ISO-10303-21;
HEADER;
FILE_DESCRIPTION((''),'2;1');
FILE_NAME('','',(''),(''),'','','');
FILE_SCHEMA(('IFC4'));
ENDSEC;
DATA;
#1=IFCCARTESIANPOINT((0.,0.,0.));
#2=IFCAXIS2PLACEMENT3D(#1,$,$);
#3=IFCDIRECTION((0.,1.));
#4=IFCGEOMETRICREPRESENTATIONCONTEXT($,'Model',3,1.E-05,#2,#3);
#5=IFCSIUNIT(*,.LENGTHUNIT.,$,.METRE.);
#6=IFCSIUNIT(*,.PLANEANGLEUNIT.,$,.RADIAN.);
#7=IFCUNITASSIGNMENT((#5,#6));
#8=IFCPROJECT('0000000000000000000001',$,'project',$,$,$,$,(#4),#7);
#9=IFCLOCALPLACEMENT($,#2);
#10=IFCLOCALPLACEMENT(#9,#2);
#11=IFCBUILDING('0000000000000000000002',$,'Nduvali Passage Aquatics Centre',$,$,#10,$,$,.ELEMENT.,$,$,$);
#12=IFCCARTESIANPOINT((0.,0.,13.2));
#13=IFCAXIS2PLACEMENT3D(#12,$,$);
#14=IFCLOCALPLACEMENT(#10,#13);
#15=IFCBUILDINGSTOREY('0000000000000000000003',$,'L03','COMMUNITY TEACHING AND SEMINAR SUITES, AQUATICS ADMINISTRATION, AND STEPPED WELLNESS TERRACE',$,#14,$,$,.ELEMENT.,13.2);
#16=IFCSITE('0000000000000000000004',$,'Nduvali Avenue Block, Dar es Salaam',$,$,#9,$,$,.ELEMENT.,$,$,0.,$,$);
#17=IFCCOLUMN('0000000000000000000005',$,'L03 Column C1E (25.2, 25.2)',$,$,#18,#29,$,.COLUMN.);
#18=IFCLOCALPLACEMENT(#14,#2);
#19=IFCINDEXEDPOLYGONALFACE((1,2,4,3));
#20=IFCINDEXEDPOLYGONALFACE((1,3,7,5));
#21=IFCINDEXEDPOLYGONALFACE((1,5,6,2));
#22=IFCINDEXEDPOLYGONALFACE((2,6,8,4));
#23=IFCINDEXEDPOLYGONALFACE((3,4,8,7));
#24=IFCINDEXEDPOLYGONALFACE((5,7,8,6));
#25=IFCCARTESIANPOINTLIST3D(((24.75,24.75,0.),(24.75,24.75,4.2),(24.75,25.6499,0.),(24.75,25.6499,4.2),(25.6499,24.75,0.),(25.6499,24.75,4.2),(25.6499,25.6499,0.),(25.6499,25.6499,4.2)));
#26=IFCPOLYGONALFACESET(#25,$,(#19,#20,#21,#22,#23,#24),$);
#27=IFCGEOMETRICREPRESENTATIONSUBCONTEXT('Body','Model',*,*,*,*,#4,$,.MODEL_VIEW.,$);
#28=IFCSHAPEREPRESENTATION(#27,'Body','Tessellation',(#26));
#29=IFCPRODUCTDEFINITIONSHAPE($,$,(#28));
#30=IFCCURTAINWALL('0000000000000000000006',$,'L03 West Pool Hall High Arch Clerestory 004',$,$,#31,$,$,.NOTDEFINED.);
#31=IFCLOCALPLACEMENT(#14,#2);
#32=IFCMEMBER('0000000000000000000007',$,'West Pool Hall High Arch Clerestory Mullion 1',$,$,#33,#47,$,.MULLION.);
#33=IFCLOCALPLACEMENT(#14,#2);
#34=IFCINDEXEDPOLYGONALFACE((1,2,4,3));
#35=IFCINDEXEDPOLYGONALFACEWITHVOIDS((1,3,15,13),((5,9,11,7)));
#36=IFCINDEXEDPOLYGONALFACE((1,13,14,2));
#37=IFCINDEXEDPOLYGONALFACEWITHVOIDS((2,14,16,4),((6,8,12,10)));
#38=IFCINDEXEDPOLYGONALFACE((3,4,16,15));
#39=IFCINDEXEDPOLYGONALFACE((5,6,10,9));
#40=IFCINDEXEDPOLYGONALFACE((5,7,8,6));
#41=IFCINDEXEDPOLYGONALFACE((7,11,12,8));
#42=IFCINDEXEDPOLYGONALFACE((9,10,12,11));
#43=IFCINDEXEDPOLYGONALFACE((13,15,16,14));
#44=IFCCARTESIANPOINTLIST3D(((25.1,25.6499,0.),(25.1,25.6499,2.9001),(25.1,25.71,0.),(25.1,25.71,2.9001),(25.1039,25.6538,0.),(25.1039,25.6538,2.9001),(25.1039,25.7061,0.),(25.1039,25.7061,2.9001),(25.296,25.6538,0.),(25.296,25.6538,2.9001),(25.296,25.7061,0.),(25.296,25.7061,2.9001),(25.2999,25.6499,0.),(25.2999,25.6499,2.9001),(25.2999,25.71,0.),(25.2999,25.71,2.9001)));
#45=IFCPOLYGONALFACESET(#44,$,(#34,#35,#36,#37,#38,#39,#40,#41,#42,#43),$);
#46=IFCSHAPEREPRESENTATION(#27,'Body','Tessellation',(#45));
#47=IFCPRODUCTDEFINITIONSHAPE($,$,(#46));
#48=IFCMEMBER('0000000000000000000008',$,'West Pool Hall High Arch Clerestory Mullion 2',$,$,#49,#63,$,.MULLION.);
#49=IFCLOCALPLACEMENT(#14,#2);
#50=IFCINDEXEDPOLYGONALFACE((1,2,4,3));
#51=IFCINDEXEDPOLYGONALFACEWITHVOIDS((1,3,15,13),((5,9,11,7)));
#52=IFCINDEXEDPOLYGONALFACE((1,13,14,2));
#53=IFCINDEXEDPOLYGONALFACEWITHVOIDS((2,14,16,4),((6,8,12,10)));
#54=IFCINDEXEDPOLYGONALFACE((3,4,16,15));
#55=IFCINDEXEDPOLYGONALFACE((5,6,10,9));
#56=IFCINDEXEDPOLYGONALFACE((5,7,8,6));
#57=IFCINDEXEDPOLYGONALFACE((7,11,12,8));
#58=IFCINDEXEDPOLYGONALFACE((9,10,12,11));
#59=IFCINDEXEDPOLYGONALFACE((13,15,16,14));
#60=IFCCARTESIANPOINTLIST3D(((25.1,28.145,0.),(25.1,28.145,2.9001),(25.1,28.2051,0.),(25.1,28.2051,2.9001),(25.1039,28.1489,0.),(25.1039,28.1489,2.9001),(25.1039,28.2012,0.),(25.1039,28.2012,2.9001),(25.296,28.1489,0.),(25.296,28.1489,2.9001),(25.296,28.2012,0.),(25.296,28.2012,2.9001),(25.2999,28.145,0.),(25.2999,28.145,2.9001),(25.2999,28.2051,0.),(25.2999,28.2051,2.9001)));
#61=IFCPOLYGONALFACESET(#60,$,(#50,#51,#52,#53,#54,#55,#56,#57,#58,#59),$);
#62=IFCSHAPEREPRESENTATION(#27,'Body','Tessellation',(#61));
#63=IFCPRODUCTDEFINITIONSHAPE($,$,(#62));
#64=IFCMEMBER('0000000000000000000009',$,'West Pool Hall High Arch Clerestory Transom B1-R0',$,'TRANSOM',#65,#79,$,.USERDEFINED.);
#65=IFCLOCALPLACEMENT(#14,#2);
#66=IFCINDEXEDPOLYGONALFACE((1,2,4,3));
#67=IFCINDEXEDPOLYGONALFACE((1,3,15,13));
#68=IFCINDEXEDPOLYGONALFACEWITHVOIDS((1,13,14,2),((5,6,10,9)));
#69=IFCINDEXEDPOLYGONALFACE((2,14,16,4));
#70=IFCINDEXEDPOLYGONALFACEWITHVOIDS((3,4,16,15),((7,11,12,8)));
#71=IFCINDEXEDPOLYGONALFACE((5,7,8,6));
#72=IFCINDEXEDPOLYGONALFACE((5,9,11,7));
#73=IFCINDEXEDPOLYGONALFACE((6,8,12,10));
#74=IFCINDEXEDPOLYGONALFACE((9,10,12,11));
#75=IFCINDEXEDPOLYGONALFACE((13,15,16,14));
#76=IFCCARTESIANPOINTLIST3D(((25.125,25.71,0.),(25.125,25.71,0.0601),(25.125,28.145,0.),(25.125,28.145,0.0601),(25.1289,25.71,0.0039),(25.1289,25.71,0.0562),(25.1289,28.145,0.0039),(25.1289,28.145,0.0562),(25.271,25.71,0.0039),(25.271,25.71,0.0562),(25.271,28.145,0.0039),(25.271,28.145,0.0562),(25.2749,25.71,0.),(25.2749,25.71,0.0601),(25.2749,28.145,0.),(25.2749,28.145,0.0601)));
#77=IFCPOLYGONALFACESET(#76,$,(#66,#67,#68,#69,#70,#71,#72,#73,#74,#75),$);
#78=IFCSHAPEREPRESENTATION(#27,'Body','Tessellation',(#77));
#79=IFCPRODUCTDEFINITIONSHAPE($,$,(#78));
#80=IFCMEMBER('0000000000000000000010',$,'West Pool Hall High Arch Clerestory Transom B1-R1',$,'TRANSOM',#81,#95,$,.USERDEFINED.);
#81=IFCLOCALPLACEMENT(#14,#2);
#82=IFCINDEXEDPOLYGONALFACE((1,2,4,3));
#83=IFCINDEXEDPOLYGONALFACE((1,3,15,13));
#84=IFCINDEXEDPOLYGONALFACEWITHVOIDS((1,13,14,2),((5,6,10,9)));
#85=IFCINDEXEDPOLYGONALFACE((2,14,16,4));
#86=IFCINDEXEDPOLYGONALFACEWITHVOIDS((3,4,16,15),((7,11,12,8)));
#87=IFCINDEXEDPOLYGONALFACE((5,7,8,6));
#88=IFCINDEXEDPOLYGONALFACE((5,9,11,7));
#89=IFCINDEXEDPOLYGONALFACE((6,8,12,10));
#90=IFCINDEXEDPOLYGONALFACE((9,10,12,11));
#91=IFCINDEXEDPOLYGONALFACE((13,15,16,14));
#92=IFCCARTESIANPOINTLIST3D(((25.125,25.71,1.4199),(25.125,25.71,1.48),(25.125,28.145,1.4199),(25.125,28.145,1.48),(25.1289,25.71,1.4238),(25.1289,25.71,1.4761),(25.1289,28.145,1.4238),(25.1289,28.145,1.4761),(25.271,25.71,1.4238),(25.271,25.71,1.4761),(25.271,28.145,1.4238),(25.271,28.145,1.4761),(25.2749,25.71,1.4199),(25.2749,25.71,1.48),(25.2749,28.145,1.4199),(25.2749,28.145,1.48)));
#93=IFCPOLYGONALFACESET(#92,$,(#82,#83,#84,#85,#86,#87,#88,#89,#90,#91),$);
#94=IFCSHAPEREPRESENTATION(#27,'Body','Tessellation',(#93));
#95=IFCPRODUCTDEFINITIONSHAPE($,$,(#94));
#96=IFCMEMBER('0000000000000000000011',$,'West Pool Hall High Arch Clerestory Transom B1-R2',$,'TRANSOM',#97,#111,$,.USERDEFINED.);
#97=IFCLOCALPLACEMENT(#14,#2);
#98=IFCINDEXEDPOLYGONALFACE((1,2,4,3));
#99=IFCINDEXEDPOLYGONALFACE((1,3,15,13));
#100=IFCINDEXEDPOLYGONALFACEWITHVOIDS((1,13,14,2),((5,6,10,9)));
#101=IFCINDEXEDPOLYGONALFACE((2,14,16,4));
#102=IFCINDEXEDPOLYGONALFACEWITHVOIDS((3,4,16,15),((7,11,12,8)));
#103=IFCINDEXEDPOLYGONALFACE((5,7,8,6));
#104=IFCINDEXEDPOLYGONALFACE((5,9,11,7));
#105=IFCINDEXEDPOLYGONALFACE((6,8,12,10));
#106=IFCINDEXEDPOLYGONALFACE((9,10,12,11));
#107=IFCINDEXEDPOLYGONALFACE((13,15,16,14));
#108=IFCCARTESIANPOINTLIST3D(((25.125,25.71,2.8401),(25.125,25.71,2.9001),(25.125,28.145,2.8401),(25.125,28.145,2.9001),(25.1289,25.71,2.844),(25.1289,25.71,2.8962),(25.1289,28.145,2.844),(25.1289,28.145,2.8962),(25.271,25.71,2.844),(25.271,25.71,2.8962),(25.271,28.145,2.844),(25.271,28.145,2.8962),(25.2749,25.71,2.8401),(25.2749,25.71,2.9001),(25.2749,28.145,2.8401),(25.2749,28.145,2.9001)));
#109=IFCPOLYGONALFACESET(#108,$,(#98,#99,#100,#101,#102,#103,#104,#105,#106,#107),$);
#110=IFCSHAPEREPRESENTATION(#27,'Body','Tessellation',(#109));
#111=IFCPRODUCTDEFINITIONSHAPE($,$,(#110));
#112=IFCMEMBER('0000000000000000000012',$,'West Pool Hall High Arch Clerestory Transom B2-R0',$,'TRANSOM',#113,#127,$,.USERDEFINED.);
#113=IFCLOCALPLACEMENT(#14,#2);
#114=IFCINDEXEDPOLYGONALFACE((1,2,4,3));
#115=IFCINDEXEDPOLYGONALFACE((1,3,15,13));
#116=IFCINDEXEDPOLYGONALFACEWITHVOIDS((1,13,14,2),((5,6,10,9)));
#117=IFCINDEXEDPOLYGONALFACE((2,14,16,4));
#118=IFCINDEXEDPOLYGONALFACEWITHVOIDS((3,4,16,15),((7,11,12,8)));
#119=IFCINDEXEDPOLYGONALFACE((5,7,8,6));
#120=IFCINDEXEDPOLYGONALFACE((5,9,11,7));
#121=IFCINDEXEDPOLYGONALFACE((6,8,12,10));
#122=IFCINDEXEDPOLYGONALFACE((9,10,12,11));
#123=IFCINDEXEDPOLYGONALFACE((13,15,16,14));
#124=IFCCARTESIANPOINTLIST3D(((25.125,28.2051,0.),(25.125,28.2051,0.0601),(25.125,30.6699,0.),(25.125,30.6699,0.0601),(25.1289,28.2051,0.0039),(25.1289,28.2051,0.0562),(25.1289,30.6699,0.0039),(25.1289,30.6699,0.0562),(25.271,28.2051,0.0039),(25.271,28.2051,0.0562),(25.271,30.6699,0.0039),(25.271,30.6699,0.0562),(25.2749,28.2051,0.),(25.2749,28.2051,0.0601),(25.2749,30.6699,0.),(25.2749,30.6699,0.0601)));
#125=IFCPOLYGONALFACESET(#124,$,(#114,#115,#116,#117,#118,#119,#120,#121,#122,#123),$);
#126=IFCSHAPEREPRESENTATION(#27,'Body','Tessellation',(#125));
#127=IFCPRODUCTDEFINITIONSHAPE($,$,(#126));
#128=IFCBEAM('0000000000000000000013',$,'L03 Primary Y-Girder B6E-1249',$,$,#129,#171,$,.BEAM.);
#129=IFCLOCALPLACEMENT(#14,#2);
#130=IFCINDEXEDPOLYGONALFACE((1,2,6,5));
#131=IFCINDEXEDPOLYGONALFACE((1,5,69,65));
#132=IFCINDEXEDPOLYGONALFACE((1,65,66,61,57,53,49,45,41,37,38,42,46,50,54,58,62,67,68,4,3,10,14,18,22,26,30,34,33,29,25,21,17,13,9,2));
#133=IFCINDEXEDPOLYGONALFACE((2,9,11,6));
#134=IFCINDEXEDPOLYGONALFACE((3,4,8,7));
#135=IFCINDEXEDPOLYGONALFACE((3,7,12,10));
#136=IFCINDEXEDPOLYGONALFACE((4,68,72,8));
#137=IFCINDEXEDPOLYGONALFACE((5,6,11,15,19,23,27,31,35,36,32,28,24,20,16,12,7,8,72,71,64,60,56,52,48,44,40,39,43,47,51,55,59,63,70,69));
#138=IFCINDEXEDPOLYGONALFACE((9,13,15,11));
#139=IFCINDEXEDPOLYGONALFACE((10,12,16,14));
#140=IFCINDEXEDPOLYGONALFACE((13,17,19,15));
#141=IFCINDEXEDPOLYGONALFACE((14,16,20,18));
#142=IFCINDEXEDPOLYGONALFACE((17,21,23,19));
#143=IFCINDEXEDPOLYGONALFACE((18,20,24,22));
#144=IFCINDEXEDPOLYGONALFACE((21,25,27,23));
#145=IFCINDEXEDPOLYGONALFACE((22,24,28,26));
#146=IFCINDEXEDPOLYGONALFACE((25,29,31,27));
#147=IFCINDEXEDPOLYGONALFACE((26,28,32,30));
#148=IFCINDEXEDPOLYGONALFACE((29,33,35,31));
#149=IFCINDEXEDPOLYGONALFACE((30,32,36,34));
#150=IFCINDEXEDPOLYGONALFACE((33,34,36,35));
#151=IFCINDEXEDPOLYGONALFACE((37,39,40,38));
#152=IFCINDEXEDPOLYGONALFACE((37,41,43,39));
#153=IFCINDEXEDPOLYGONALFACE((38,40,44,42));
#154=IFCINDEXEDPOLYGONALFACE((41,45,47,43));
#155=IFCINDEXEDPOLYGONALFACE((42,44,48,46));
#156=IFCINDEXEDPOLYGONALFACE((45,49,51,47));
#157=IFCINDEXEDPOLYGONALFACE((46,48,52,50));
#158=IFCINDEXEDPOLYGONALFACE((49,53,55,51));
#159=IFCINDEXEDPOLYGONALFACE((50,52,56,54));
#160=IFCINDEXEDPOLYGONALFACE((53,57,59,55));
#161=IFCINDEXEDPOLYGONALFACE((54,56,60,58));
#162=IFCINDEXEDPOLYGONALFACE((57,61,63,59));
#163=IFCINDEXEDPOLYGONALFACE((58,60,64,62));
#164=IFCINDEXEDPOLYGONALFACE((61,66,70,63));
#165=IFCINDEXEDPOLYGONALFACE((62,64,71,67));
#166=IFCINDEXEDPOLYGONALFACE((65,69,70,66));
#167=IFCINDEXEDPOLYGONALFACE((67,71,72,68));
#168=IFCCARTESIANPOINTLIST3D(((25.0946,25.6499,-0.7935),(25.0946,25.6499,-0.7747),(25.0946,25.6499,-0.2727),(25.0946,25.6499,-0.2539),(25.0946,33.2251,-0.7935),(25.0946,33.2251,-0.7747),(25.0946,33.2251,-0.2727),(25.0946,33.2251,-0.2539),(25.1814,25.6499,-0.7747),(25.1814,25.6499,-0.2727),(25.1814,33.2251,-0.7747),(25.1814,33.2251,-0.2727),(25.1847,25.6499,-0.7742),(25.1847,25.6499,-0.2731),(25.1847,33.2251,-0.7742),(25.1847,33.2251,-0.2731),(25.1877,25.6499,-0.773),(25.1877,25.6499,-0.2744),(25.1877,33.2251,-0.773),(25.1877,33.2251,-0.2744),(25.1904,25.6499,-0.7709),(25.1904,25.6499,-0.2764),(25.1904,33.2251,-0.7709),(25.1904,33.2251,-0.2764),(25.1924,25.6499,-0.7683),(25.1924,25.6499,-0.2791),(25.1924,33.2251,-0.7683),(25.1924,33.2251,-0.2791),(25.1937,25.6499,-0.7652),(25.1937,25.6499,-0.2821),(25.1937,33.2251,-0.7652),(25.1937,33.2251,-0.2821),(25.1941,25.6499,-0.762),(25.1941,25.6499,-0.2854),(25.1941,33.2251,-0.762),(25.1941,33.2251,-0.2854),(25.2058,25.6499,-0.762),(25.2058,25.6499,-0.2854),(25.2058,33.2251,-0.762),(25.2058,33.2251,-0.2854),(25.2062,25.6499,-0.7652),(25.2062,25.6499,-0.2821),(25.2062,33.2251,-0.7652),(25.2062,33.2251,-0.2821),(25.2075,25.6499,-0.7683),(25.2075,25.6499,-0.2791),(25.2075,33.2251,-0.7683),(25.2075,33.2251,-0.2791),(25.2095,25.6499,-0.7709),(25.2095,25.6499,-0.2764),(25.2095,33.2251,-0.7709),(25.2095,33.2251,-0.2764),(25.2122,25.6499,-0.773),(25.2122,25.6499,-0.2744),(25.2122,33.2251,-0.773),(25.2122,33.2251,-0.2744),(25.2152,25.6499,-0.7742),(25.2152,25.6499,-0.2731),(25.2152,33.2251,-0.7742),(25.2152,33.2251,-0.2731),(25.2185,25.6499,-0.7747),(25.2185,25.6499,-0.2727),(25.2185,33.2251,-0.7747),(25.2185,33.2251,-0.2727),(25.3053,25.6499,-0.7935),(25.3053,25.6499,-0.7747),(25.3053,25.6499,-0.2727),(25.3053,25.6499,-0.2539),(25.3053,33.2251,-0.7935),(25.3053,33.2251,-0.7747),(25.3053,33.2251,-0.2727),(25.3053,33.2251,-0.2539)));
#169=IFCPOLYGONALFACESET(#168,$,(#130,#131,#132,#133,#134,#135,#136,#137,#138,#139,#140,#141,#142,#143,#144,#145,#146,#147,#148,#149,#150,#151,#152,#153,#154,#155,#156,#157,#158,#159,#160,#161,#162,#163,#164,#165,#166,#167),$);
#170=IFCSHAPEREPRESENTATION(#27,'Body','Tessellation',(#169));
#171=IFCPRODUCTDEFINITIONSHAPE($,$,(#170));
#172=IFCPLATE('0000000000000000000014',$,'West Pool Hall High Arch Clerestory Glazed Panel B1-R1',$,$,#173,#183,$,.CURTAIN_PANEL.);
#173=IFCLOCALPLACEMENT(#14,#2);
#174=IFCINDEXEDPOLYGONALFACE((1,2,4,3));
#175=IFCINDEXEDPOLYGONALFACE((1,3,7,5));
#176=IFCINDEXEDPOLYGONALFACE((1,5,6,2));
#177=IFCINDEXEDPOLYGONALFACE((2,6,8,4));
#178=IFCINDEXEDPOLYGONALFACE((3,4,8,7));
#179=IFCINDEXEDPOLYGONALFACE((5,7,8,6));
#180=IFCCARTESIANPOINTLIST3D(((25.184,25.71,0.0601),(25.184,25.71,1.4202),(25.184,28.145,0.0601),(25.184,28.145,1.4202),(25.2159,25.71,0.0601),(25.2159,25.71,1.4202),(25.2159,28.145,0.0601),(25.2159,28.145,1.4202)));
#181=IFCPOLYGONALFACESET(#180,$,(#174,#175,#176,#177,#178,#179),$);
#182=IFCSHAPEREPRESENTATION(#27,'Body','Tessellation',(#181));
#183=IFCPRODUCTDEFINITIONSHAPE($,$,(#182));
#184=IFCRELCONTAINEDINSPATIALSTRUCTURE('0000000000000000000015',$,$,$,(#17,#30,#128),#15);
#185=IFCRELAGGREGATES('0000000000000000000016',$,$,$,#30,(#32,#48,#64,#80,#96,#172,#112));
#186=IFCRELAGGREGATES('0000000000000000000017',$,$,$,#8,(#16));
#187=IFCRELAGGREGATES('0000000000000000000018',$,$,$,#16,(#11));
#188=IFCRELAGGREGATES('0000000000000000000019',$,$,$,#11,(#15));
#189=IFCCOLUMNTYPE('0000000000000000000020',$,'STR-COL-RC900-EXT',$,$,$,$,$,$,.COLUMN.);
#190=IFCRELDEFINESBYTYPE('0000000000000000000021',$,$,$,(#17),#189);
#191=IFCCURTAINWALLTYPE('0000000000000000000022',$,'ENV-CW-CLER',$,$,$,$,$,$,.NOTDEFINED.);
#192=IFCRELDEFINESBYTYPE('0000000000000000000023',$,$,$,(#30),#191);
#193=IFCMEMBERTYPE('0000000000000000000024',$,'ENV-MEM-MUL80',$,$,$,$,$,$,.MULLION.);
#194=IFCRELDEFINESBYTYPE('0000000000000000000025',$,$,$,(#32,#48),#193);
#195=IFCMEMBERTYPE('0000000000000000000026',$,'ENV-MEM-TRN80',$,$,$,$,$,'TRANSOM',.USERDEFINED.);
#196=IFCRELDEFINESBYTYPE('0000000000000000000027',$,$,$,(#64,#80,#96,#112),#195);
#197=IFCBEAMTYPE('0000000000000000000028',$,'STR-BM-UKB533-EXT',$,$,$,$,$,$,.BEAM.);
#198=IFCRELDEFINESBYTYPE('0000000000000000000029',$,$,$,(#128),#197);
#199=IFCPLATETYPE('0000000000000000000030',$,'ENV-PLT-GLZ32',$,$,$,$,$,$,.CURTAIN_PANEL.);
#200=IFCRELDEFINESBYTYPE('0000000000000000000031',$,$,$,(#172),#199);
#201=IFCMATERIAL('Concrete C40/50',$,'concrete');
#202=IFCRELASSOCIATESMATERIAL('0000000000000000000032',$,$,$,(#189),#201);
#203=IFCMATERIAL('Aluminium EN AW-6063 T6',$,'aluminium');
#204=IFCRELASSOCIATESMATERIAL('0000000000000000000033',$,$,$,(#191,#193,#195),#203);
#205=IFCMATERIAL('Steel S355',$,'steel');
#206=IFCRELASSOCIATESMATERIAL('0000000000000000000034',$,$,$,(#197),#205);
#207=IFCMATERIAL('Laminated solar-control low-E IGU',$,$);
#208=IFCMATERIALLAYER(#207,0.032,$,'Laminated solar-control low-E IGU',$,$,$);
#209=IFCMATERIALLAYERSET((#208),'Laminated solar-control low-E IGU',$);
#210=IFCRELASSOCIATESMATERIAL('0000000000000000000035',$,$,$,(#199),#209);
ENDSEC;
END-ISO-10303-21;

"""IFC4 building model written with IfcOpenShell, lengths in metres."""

from ifc_helpers import new_model, si_unit, direction, frame, origin, origin_2d, place, context, subcontext, project, spatial, rectangle, hollow_rectangle, i_section, extrude, material, layer, layer_set, material_profile, profile_set, type_object, element, aggregate, save


model = new_model("IFC4")

# Units and contexts
model_context = context("Model", 3, precision=1e-05, world=origin(), true_north=direction((0.0, 1.0)))
body_context = subcontext(model_context, "Body", "Model", "MODEL_VIEW")
ifc_project = project(units=[si_unit("LENGTHUNIT", "METRE"), si_unit("PLANEANGLEUNIT", "RADIAN")], contexts=[model_context])

# Site, building, storey
site_placement = place(None, origin())
site = spatial("IfcSite", under=ifc_project, at=site_placement, Name="Nduvali Avenue Block, Dar es Salaam", CompositionType="ELEMENT", RefElevation=0.0)
building_placement = place(site_placement, origin())
building = spatial("IfcBuilding", under=site, at=building_placement, Name="Nduvali Passage Aquatics Centre", CompositionType="ELEMENT")
storey_placement = place(building_placement, frame((0.0, 0.0, 13.2)))
storey = spatial("IfcBuildingStorey", under=building, at=storey_placement, Name="L03", Description="COMMUNITY TEACHING AND SEMINAR SUITES, AQUATICS ADMINISTRATION, AND STEPPED WELLNESS TERRACE", CompositionType="ELEMENT", Elevation=13.2)

# Column
ifc_material_1 = material(Name="Concrete C40/50", Category="concrete")
ifc_material_profile_1 = material_profile(ifc_material_1, rectangle(XDim=0.8999, YDim=0.8999, at=origin_2d()), Name="RC 900x900")
ifc_profile_set_1 = profile_set([ifc_material_profile_1], Name="Concrete C40/50")
column_type = type_object("IfcColumnType", Name="STR-COL-RC900-EXT", PredefinedType="COLUMN", material=ifc_profile_set_1)
column_placement = place(storey_placement, frame((25.2, 25.2, 0.0), z_axis=(0.0, 0.0, 1.0), x_axis=(1.0, 0.0, 0.0)))
element("IfcColumn", 1, at=column_placement, inside=storey, type_object=column_type, Name="L03 Column C1E (25.2, 25.2)", PredefinedType="COLUMN", context=body_context, shape_type="SweptSolid", body=[
    extrude(rectangle(XDim=0.8999, YDim=0.8999, at=origin_2d()), origin(), (0.0, 0.0, 1.0), 4.2),
])

# Curtain wall, members
ifc_material_2 = material(Name="Aluminium EN AW-6063 T6", Category="aluminium")
curtain_wall_type = type_object("IfcCurtainWallType", Name="ENV-CW-CLER", PredefinedType="NOTDEFINED", material=ifc_material_2)
curtain_wall_placement = place(storey_placement, origin())
curtain_wall = element("IfcCurtainWall", 2, at=curtain_wall_placement, inside=storey, type_object=curtain_wall_type, Name="L03 West Pool Hall High Arch Clerestory 004", PredefinedType="NOTDEFINED")
ifc_material_profile_2 = material_profile(ifc_material_2, hollow_rectangle(XDim=0.0601, YDim=0.2, WallThickness=0.0039, at=origin_2d()), Name="ALU MULLION 60x200x4")
ifc_profile_set_2 = profile_set([ifc_material_profile_2], Name="Aluminium EN AW-6063 T6")
member_type_1 = type_object("IfcMemberType", Name="ENV-MEM-MUL80", PredefinedType="MULLION", material=ifc_profile_set_2)
member_1_placement = place(storey_placement, frame((25.2, 25.6799, 0.0), z_axis=(0.0, 0.0, 1.0), x_axis=(0.0, 1.0, 0.0)))
member_1 = element("IfcMember", 3, at=member_1_placement, type_object=member_type_1, Name="West Pool Hall High Arch Clerestory Mullion 1", PredefinedType="MULLION", context=body_context, shape_type="SweptSolid", body=[
    extrude(hollow_rectangle(XDim=0.0601, YDim=0.2, WallThickness=0.0039, at=origin_2d()), origin(), (0.0, 0.0, 1.0), 2.9001),
])
member_2_placement = place(storey_placement, frame((25.2, 28.175, 0.0), z_axis=(0.0, 0.0, 1.0), x_axis=(0.0, 1.0, 0.0)))
member_2 = element("IfcMember", 4, at=member_2_placement, type_object=member_type_1, Name="West Pool Hall High Arch Clerestory Mullion 2", PredefinedType="MULLION", context=body_context, shape_type="SweptSolid", body=[
    extrude(hollow_rectangle(XDim=0.0601, YDim=0.2, WallThickness=0.0039, at=origin_2d()), origin(), (0.0, 0.0, 1.0), 2.9001),
])
ifc_material_profile_3 = material_profile(ifc_material_2, hollow_rectangle(XDim=0.1499, YDim=0.0601, WallThickness=0.0039, at=origin_2d()), Name="ALU TRANSOM 150x60x4")
ifc_profile_set_3 = profile_set([ifc_material_profile_3], Name="Aluminium EN AW-6063 T6")
member_type_2 = type_object("IfcMemberType", Name="ENV-MEM-TRN80", ElementType="TRANSOM", PredefinedType="USERDEFINED", material=ifc_profile_set_3)
member_3_placement = place(storey_placement, frame((25.2, 25.71, 0.03), z_axis=(0.0, 1.0, 0.0), x_axis=(-1.0, 0.0, 0.0)))
member_3 = element("IfcMember", 5, at=member_3_placement, type_object=member_type_2, Name="West Pool Hall High Arch Clerestory Transom B1-R0", ObjectType="TRANSOM", PredefinedType="USERDEFINED", context=body_context, shape_type="SweptSolid", body=[
    extrude(hollow_rectangle(XDim=0.1499, YDim=0.0601, WallThickness=0.0039, at=origin_2d()), origin(), (0.0, 0.0, 1.0), 2.4351),
])
member_4_placement = place(storey_placement, frame((25.2, 25.71, 1.45), z_axis=(0.0, 1.0, 0.0), x_axis=(-1.0, 0.0, 0.0)))
member_4 = element("IfcMember", 6, at=member_4_placement, type_object=member_type_2, Name="West Pool Hall High Arch Clerestory Transom B1-R1", ObjectType="TRANSOM", PredefinedType="USERDEFINED", context=body_context, shape_type="SweptSolid", body=[
    extrude(hollow_rectangle(XDim=0.1499, YDim=0.0601, WallThickness=0.0039, at=origin_2d()), origin(), (0.0, 0.0, 1.0), 2.4351),
])
member_5_placement = place(storey_placement, frame((25.2, 25.71, 2.8701), z_axis=(0.0, 1.0, 0.0), x_axis=(-1.0, 0.0, 0.0)))
member_5 = element("IfcMember", 7, at=member_5_placement, type_object=member_type_2, Name="West Pool Hall High Arch Clerestory Transom B1-R2", ObjectType="TRANSOM", PredefinedType="USERDEFINED", context=body_context, shape_type="SweptSolid", body=[
    extrude(hollow_rectangle(XDim=0.1499, YDim=0.0601, WallThickness=0.0039, at=origin_2d()), origin(), (0.0, 0.0, 1.0), 2.4351),
])
member_6_placement = place(storey_placement, frame((25.2, 28.2051, 0.03), z_axis=(0.0, 1.0, 0.0), x_axis=(-1.0, 0.0, 0.0)))
member_6 = element("IfcMember", 8, at=member_6_placement, type_object=member_type_2, Name="West Pool Hall High Arch Clerestory Transom B2-R0", ObjectType="TRANSOM", PredefinedType="USERDEFINED", context=body_context, shape_type="SweptSolid", body=[
    extrude(hollow_rectangle(XDim=0.1499, YDim=0.0601, WallThickness=0.0039, at=origin_2d()), origin(), (0.0, 0.0, 1.0), 2.4648),
])

# Beam
ifc_material_3 = material(Name="Steel S355", Category="steel")
ifc_material_profile_4 = material_profile(ifc_material_3, i_section(OverallWidth=0.2107, OverallDepth=0.5396, WebThickness=0.0117, FlangeThickness=0.0188, FilletRadius=0.0127, at=origin_2d()), Name="UKB 533x210x109")
ifc_profile_set_4 = profile_set([ifc_material_profile_4], Name="Steel S355")
beam_type = type_object("IfcBeamType", Name="STR-BM-UKB533-EXT", PredefinedType="BEAM", material=ifc_profile_set_4)
beam_placement = place(storey_placement, frame((25.2, 25.6499, -0.5237), z_axis=(0.0, 1.0, 0.0), x_axis=(-1.0, 0.0, 0.0)))
element("IfcBeam", 9, at=beam_placement, inside=storey, type_object=beam_type, Name="L03 Primary Y-Girder B6E-1249", PredefinedType="BEAM", context=body_context, shape_type="SweptSolid", body=[
    extrude(i_section(OverallWidth=0.2107, OverallDepth=0.5396, WebThickness=0.0117, FlangeThickness=0.0188, FilletRadius=0.0127, at=origin_2d()), origin(), (0.0, 0.0, 1.0), 7.5752),
])

# Plate
ifc_material_4 = material(Name="Laminated solar-control low-E IGU")
ifc_layer_1 = layer(ifc_material_4, 0.032, Name="Laminated solar-control low-E IGU")
ifc_layer_set_1 = layer_set([ifc_layer_1], Name="Laminated solar-control low-E IGU")
plate_type = type_object("IfcPlateType", Name="ENV-PLT-GLZ32", PredefinedType="CURTAIN_PANEL", material=ifc_layer_set_1)
plate_1_placement = place(storey_placement, frame((25.2, 26.9275, 0.0601), z_axis=(0.0, 0.0, 1.0), x_axis=(0.0, 1.0, 0.0)))
plate_1 = element("IfcPlate", 10, at=plate_1_placement, type_object=plate_type, Name="West Pool Hall High Arch Clerestory Glazed Panel B1-R1", PredefinedType="CURTAIN_PANEL", context=body_context, shape_type="SweptSolid", body=[
    extrude(rectangle(XDim=2.4351, YDim=0.032, at=origin_2d()), origin(), (0.0, 0.0, 1.0), 1.3601),
])
aggregate(curtain_wall, [member_1, member_2, member_3, member_4, member_5, plate_1, member_6])

save(model, "model.ifc")
